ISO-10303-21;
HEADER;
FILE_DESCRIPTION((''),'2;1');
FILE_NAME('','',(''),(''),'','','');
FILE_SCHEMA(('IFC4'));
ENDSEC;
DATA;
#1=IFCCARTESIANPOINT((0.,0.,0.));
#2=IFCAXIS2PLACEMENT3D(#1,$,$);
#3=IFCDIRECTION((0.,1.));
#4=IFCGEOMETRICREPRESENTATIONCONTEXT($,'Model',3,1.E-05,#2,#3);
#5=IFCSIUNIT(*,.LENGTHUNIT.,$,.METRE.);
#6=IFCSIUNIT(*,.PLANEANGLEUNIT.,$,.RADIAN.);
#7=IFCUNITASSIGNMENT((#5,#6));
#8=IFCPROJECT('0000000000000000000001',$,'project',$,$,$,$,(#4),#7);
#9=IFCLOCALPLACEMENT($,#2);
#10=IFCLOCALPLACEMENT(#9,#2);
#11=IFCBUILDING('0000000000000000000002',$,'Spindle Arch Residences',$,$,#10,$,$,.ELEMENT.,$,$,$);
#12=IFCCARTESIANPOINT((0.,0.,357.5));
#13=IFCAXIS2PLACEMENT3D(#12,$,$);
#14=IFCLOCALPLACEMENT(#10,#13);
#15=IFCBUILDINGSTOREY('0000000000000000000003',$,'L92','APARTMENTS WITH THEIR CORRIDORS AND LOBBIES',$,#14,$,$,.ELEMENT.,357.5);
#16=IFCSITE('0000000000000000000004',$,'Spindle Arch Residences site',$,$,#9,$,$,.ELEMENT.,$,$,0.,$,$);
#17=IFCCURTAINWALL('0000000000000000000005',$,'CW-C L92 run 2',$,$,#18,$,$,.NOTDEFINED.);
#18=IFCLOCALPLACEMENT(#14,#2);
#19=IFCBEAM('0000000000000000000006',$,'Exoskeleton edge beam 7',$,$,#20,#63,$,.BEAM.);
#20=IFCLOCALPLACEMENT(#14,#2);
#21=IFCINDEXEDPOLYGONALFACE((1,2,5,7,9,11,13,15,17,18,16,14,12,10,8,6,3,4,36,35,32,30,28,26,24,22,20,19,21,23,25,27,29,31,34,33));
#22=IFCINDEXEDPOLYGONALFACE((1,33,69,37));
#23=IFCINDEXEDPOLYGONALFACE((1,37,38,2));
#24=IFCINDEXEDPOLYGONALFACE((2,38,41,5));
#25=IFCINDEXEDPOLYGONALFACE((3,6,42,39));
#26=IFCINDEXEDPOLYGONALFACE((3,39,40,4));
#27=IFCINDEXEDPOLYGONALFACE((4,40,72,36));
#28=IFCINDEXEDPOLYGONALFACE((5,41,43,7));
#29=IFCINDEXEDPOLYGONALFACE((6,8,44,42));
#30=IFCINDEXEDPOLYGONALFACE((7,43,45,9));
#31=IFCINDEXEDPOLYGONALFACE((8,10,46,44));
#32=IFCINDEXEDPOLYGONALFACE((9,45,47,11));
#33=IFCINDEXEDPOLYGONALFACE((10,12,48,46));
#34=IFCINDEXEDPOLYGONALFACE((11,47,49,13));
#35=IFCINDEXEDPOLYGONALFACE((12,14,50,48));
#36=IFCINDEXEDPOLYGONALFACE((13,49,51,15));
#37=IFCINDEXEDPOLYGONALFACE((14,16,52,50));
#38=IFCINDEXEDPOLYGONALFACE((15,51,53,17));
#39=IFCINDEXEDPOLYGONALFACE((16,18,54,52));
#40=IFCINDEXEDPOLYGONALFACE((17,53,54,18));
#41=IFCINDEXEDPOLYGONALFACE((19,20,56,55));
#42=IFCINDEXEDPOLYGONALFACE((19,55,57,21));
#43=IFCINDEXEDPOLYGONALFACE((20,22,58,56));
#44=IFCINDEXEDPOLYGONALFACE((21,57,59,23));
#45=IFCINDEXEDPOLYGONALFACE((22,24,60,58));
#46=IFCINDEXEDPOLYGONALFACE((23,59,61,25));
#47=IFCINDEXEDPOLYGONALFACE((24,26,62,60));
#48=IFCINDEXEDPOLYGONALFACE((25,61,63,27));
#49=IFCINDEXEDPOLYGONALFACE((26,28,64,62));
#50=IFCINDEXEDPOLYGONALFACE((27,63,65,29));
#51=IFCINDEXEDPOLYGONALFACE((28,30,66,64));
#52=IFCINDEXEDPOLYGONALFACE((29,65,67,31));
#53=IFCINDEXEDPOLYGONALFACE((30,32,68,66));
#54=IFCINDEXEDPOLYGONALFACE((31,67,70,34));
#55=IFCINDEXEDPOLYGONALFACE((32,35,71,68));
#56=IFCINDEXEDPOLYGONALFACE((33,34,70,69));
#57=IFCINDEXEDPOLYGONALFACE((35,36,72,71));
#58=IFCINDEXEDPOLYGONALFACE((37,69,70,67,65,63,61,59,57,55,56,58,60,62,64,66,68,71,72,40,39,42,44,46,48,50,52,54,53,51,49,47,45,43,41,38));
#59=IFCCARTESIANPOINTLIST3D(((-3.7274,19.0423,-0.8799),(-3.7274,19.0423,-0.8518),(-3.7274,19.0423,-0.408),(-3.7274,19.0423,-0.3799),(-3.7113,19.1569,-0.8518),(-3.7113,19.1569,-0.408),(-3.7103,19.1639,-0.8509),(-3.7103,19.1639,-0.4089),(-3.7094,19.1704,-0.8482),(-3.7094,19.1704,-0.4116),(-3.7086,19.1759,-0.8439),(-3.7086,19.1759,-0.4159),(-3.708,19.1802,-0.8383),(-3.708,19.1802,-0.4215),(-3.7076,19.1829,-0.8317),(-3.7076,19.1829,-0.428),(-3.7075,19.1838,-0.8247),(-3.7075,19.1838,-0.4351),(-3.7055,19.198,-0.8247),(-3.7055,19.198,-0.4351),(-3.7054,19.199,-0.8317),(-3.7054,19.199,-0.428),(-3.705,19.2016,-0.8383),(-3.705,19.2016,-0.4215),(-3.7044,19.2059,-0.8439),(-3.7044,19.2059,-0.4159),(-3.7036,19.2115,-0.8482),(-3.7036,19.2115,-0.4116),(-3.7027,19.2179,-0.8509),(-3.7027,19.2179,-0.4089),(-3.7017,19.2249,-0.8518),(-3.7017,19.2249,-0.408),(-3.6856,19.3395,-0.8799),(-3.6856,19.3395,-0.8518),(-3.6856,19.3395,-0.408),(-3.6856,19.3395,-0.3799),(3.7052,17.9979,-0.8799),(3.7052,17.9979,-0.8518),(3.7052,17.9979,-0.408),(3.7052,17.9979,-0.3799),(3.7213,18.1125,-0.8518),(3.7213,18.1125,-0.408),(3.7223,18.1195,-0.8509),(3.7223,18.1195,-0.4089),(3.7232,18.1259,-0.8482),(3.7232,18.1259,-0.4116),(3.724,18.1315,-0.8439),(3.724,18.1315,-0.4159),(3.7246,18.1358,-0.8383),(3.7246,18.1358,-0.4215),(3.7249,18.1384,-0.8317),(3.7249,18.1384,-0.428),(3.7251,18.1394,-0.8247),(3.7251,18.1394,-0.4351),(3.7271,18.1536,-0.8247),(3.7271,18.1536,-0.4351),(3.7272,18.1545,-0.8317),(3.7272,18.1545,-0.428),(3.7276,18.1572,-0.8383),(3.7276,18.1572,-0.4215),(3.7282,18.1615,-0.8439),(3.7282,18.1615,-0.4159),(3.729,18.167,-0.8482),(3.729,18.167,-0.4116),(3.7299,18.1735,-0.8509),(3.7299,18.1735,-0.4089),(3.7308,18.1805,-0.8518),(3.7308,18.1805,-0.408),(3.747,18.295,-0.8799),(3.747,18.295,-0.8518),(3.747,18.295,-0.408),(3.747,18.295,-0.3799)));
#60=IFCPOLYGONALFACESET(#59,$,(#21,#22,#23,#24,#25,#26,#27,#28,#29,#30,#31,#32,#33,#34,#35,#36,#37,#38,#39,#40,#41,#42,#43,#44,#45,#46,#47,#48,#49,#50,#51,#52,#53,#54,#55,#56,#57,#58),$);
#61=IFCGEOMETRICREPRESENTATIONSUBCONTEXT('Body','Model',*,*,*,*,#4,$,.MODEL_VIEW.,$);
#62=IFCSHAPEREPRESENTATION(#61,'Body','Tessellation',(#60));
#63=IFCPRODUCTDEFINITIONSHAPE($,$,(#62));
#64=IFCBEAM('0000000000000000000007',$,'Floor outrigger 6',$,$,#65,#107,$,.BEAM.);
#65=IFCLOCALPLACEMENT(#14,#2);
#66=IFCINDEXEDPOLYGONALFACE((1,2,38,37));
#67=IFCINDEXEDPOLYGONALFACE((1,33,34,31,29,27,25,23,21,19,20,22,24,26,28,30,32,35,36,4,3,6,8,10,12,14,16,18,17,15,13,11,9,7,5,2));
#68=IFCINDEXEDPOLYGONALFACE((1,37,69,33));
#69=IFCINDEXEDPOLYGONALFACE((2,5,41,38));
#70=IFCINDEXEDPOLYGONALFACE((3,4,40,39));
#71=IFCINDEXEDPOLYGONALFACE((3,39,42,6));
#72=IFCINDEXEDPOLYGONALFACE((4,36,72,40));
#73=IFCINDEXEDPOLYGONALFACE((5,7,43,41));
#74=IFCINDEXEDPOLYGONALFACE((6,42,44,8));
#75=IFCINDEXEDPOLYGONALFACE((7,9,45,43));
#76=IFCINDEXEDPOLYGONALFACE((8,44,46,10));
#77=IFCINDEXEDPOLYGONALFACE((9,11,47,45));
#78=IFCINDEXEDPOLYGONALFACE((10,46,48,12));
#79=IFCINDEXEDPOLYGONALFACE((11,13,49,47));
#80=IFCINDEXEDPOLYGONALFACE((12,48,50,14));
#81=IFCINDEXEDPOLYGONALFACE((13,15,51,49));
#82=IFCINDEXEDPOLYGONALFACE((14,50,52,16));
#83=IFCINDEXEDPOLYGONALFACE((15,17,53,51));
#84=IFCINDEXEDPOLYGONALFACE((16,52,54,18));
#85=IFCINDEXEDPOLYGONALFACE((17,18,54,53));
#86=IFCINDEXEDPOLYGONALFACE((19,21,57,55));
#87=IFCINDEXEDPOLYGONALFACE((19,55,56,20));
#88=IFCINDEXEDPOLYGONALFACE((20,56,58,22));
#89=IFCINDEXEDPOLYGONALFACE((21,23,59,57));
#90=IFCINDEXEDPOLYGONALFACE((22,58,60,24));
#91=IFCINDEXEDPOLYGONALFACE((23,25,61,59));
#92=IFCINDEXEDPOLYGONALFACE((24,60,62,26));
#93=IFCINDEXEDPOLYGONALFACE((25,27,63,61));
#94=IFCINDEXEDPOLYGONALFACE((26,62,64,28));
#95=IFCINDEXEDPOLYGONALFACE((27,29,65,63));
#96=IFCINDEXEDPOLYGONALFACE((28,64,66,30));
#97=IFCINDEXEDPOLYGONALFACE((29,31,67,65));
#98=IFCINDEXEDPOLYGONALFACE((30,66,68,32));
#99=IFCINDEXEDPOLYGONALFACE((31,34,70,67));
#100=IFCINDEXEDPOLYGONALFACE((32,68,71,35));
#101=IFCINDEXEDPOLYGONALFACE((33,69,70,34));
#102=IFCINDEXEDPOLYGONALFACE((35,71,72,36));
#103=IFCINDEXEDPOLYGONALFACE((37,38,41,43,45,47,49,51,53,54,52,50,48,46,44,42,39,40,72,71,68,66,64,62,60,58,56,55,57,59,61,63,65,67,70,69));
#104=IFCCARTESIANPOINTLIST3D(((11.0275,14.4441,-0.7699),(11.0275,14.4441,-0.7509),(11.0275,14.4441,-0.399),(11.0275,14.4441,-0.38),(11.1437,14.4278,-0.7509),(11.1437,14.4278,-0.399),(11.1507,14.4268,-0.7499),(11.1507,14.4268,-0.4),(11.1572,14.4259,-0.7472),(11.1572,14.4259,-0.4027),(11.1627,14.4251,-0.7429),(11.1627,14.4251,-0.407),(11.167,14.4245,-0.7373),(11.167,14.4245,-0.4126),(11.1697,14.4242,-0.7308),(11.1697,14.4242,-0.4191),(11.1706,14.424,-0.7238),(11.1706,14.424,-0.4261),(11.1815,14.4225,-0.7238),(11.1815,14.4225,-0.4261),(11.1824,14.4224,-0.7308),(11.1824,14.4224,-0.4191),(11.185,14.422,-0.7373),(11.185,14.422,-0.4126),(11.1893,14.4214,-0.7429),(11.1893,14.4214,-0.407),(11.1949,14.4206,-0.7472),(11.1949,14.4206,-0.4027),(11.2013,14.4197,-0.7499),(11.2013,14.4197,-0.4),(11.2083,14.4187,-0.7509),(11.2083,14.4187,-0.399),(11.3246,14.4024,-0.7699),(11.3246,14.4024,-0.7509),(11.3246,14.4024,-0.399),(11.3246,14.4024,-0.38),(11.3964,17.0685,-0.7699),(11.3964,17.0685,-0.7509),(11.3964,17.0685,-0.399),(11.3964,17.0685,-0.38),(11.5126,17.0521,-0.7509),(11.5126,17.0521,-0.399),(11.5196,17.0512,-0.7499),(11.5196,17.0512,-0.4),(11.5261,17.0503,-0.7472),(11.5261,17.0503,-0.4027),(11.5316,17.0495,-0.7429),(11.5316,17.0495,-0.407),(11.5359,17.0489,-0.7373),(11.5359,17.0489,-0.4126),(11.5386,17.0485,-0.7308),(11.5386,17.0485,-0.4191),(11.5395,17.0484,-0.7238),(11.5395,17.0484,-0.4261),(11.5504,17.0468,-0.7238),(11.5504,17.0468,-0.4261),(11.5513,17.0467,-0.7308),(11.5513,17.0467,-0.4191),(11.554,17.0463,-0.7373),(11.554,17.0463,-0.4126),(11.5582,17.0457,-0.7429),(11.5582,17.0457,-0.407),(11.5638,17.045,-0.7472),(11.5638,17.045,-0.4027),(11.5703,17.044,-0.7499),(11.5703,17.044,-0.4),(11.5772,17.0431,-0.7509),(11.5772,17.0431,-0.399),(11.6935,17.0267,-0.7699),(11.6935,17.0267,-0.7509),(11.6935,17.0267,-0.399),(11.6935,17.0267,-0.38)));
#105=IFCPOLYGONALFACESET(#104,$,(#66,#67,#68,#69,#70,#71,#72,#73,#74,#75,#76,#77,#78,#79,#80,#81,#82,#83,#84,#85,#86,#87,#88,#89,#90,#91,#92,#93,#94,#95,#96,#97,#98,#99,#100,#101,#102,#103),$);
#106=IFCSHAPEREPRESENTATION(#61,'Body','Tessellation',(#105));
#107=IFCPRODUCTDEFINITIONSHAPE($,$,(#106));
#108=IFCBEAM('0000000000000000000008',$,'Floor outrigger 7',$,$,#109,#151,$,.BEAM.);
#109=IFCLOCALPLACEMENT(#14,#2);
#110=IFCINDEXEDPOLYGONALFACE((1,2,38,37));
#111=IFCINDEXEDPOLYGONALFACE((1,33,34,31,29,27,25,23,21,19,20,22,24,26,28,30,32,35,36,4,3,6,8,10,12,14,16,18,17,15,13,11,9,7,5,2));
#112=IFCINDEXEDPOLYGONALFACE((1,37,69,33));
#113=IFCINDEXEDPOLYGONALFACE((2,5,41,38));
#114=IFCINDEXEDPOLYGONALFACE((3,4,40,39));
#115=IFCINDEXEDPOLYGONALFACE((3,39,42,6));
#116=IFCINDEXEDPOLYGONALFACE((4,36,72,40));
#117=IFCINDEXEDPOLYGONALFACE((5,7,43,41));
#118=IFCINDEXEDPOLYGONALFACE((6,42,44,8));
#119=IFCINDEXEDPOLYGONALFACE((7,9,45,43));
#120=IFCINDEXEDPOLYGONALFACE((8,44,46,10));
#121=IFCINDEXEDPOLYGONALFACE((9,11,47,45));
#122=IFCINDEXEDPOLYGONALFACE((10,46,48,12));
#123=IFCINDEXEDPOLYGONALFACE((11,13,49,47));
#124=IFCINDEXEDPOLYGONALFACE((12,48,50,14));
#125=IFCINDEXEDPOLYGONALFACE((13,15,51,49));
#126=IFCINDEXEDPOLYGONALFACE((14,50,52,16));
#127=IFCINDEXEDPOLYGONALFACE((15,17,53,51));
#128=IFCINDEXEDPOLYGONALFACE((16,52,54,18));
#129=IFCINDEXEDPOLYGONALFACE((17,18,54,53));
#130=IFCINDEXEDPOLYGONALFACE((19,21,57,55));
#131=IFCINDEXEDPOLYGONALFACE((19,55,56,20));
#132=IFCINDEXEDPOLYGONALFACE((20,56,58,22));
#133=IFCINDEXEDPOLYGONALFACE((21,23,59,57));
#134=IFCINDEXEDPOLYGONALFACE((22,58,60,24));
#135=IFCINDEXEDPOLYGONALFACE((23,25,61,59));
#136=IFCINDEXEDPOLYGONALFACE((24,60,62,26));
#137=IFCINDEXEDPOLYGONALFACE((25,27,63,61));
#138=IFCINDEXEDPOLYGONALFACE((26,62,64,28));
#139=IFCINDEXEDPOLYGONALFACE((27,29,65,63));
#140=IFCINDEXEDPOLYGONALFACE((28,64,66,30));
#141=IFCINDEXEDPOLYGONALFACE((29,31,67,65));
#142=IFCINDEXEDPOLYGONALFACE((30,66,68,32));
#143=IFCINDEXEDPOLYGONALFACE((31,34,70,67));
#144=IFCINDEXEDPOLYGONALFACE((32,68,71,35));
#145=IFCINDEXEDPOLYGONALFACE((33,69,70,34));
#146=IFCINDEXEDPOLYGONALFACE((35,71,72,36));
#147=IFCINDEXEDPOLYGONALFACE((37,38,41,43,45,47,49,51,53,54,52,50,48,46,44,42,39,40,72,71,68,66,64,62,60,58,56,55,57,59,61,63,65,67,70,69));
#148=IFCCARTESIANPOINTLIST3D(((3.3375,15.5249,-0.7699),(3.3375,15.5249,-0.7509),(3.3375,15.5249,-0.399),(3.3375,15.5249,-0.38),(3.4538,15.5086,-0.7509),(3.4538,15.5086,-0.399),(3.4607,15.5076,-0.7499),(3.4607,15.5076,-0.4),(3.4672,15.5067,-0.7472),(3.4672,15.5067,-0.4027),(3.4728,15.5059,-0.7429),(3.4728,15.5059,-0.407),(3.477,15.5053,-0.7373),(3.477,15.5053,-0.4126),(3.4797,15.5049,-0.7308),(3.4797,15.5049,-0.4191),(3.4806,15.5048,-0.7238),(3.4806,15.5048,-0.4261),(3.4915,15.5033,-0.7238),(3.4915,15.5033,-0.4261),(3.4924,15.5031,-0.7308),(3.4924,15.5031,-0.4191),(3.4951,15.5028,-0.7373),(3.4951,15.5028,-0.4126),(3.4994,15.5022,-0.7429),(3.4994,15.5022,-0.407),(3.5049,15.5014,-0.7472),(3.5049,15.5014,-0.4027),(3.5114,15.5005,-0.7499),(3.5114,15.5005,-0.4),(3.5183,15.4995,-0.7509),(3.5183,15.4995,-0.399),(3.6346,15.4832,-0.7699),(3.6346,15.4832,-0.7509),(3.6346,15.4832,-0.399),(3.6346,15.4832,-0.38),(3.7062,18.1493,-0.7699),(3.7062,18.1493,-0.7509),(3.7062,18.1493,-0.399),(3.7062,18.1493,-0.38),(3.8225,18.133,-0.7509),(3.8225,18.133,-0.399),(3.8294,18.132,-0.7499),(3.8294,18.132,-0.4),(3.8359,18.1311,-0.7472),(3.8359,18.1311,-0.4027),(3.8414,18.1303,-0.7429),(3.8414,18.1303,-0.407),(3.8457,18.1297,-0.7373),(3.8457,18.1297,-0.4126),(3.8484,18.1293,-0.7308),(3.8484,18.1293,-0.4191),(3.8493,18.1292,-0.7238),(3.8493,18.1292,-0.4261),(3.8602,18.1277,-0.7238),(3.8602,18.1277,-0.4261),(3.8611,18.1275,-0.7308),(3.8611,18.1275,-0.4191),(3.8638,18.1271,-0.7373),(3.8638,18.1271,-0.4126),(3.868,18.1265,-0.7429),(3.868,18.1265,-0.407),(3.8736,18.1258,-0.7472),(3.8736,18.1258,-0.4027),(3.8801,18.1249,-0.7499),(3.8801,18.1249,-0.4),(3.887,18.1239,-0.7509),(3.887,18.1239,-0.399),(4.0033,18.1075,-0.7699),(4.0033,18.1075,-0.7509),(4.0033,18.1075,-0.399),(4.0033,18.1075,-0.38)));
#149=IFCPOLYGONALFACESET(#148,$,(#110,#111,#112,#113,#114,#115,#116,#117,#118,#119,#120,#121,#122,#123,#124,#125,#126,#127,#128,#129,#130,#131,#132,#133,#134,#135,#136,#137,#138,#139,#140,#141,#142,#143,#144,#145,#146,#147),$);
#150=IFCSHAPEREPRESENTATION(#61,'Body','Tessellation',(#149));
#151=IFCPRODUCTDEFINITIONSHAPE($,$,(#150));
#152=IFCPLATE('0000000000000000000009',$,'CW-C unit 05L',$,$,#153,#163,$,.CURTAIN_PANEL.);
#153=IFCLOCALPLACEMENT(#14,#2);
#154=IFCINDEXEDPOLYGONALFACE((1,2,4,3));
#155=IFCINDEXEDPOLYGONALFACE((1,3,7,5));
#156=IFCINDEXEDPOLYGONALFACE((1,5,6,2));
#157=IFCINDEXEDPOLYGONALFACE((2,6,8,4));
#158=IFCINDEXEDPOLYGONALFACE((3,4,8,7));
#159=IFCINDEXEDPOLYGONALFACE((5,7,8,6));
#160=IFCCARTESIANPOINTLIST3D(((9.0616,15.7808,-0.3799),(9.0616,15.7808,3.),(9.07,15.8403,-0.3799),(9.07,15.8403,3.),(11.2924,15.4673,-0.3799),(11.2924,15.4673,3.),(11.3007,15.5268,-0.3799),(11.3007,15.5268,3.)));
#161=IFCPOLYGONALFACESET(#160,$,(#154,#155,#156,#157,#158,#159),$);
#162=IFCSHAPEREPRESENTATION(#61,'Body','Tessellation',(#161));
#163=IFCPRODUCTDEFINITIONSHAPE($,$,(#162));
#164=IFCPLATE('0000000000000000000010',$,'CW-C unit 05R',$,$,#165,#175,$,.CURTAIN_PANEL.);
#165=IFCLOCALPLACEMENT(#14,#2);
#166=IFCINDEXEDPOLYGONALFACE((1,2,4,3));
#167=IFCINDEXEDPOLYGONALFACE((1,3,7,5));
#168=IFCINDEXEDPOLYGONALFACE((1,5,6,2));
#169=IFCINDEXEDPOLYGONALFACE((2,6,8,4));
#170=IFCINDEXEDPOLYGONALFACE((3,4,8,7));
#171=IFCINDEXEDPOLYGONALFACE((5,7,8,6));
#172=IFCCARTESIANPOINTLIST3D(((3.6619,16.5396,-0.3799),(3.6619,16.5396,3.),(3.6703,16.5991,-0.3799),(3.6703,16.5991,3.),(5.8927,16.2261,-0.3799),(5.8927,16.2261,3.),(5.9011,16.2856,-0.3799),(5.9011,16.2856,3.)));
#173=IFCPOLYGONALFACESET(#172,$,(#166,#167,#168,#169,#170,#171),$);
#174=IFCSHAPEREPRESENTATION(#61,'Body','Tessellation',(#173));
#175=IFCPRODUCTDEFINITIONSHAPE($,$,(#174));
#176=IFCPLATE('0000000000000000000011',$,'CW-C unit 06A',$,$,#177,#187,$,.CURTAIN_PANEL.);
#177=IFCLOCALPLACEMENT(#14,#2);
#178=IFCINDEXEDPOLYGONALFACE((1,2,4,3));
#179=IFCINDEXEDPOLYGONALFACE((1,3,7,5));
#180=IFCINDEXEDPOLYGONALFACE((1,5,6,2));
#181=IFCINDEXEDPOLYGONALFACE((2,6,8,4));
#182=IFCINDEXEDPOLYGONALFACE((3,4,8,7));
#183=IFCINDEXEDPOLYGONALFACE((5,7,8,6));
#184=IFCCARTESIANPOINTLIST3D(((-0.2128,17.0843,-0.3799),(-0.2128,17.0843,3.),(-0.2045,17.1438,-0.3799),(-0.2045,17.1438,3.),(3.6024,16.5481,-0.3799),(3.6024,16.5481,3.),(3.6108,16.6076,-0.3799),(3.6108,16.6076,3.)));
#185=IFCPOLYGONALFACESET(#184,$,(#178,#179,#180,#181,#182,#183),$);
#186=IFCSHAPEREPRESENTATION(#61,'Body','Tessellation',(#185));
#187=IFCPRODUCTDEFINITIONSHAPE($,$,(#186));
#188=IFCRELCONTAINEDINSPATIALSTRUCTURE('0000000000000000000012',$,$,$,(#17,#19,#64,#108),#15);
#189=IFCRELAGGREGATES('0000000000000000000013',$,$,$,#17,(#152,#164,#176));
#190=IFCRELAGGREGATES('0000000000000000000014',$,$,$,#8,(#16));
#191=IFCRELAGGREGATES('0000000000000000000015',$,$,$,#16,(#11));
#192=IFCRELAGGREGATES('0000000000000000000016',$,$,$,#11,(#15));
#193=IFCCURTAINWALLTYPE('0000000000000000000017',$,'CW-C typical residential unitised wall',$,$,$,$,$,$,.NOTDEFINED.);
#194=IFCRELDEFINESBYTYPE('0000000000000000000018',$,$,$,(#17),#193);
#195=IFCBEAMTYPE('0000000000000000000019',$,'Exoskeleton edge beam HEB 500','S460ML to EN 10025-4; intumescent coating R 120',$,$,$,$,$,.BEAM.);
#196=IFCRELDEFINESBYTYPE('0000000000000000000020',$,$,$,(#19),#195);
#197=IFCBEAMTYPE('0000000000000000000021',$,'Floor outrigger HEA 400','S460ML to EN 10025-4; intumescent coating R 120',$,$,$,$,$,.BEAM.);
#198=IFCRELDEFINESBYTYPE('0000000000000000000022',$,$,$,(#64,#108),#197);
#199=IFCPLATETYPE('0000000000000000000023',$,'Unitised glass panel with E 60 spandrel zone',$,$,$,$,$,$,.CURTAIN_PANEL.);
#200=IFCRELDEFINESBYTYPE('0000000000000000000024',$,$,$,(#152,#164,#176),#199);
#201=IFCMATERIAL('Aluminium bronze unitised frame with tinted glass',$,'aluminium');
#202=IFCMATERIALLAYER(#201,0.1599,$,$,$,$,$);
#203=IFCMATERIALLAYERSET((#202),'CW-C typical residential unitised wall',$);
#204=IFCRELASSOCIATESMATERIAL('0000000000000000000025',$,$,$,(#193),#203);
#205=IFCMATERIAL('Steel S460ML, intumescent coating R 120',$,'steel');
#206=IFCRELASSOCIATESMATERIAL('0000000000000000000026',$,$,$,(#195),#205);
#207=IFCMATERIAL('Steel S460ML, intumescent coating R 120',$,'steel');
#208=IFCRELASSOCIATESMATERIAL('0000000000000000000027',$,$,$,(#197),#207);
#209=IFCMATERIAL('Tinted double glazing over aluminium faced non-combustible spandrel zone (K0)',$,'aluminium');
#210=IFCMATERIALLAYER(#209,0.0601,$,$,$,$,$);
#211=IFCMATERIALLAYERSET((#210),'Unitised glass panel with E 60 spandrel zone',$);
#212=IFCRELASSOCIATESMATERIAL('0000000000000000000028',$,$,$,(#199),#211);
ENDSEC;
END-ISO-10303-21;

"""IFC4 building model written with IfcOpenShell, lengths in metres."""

from ifc_helpers import new_model, si_unit, direction, frame, origin, origin_2d, place, context, subcontext, project, spatial, rectangle, i_section, extrude, material, layer, layer_set, material_profile, profile_set, type_object, element, aggregate, save


model = new_model("IFC4")

# Units and contexts
model_context = context("Model", 3, precision=1e-05, world=origin(), true_north=direction((0.0, 1.0)))
body_context = subcontext(model_context, "Body", "Model", "MODEL_VIEW")
ifc_project = project(units=[si_unit("LENGTHUNIT", "METRE"), si_unit("PLANEANGLEUNIT", "RADIAN")], contexts=[model_context])

# Site, building, storey
site_placement = place(None, origin())
site = spatial("IfcSite", under=ifc_project, at=site_placement, Name="Spindle Arch Residences site", CompositionType="ELEMENT", RefElevation=0.0)
building_placement = place(site_placement, origin())
building = spatial("IfcBuilding", under=site, at=building_placement, Name="Spindle Arch Residences", CompositionType="ELEMENT")
storey_placement = place(building_placement, frame((0.0, 0.0, 357.5)))
storey = spatial("IfcBuildingStorey", under=building, at=storey_placement, Name="L92", Description="APARTMENTS WITH THEIR CORRIDORS AND LOBBIES", CompositionType="ELEMENT", Elevation=357.5)

# Curtain wall
ifc_material_1 = material(Name="Aluminium bronze unitised frame with tinted glass", Category="aluminium")
ifc_layer_1 = layer(ifc_material_1, 0.1599)
ifc_layer_set_1 = layer_set([ifc_layer_1], Name="CW-C typical residential unitised wall")
curtain_wall_type = type_object("IfcCurtainWallType", Name="CW-C typical residential unitised wall", PredefinedType="NOTDEFINED", material=ifc_layer_set_1)
curtain_wall_placement = place(storey_placement, origin())
curtain_wall = element("IfcCurtainWall", 1, at=curtain_wall_placement, inside=storey, type_object=curtain_wall_type, Name="CW-C L92 run 2", PredefinedType="NOTDEFINED")

# Beams
ifc_material_2 = material(Name="Steel S460ML, intumescent coating R 120", Category="steel")
ifc_material_profile_1 = material_profile(ifc_material_2, i_section(OverallWidth=0.3, OverallDepth=0.5, WebThickness=0.0144, FlangeThickness=0.0281, FilletRadius=0.0271, at=origin_2d()), Name="HEB 500")
ifc_profile_set_1 = profile_set([ifc_material_profile_1], Name="Steel S460ML, intumescent coating R 120")
beam_type_1 = type_object("IfcBeamType", Name="Exoskeleton edge beam HEB 500", Description="S460ML to EN 10025-4; intumescent coating R 120", PredefinedType="BEAM", material=ifc_profile_set_1)
for number, where, z_axis, x_axis, name in (
    (2, (3.7261, 18.1465, -0.6299), (-0.990271, 0.139153, 0.0), (-0.139153, -0.990271, 0.0), "Exoskeleton edge beam 7"),
):
    element("IfcBeam", number, at=place(storey_placement, frame(where, z_axis=z_axis, x_axis=x_axis)), inside=storey, type_object=beam_type_1, Name=name, PredefinedType="BEAM", context=body_context, shape_type="SweptSolid", body=[
        extrude(i_section(OverallWidth=0.3, OverallDepth=0.5, WebThickness=0.0144, FlangeThickness=0.0281, FilletRadius=0.0271, at=origin_2d()), origin(), (0.0, 0.0, 1.0), 7.5056),
    ])
ifc_material_3 = material(Name="Steel S460ML, intumescent coating R 120", Category="steel")
ifc_material_profile_2 = material_profile(ifc_material_3, i_section(OverallWidth=0.3, OverallDepth=0.3899, WebThickness=0.011, FlangeThickness=0.019, FilletRadius=0.0271, at=origin_2d()), Name="HEA 400")
ifc_profile_set_2 = profile_set([ifc_material_profile_2], Name="Steel S460ML, intumescent coating R 120")
beam_type_2 = type_object("IfcBeamType", Name="Floor outrigger HEA 400", Description="S460ML to EN 10025-4; intumescent coating R 120", PredefinedType="BEAM", material=ifc_profile_set_2)
for number, where, z_axis, x_axis, name in (
    (3, (11.5449, 17.0476, -0.575), (-0.139203, -0.990264, 0.0), (0.990264, -0.139203, 0.0), "Floor outrigger 6"),
    (4, (3.8547, 18.1284, -0.575), (-0.139112, -0.990277, 0.0), (0.990277, -0.139112, 0.0), "Floor outrigger 7"),
):
    element("IfcBeam", number, at=place(storey_placement, frame(where, z_axis=z_axis, x_axis=x_axis)), inside=storey, type_object=beam_type_2, Name=name, PredefinedType="BEAM", context=body_context, shape_type="SweptSolid", body=[
        extrude(i_section(OverallWidth=0.3, OverallDepth=0.3899, WebThickness=0.011, FlangeThickness=0.019, FilletRadius=0.0271, at=origin_2d()), origin(), (0.0, 0.0, 1.0), 2.6501),
    ])

# Plates
ifc_material_4 = material(Name="Tinted double glazing over aluminium faced non-combustible spandrel zone (K0)", Category="aluminium")
ifc_layer_2 = layer(ifc_material_4, 0.0601)
ifc_layer_set_2 = layer_set([ifc_layer_2], Name="Unitised glass panel with E 60 spandrel zone")
plate_type = type_object("IfcPlateType", Name="Unitised glass panel with E 60 spandrel zone", PredefinedType="CURTAIN_PANEL", material=ifc_layer_set_2)
plate_1_placement = place(storey_placement, frame((10.1812, 15.6538, -0.3799), z_axis=(0.0, 0.0, 1.0), x_axis=(-0.990268, 0.139173, 0.0)))
plate_1 = element("IfcPlate", 5, at=plate_1_placement, type_object=plate_type, Name="CW-C unit 05L", PredefinedType="CURTAIN_PANEL", context=body_context, shape_type="SweptSolid", body=[
    extrude(rectangle(XDim=2.2527, YDim=0.0601, at=origin_2d()), origin(), (0.0, 0.0, 1.0), 3.3799),
])
plate_2_placement = place(storey_placement, frame((4.7815, 16.4126, -0.3799), z_axis=(0.0, 0.0, 1.0), x_axis=(-0.990268, 0.139173, 0.0)))
plate_2 = element("IfcPlate", 6, at=plate_2_placement, type_object=plate_type, Name="CW-C unit 05R", PredefinedType="CURTAIN_PANEL", context=body_context, shape_type="SweptSolid", body=[
    extrude(rectangle(XDim=2.2527, YDim=0.0601, at=origin_2d()), origin(), (0.0, 0.0, 1.0), 3.3799),
])
plate_3_placement = place(storey_placement, frame((1.699, 16.8459, -0.3799), z_axis=(0.0, 0.0, 1.0), x_axis=(-0.990268, 0.139173, 0.0)))
plate_3 = element("IfcPlate", 7, at=plate_3_placement, type_object=plate_type, Name="CW-C unit 06A", PredefinedType="CURTAIN_PANEL", context=body_context, shape_type="SweptSolid", body=[
    extrude(rectangle(XDim=3.8528, YDim=0.0601, at=origin_2d()), origin(), (0.0, 0.0, 1.0), 3.3799),
])
aggregate(curtain_wall, [plate_1, plate_2, plate_3])

save(model, "model.ifc")
